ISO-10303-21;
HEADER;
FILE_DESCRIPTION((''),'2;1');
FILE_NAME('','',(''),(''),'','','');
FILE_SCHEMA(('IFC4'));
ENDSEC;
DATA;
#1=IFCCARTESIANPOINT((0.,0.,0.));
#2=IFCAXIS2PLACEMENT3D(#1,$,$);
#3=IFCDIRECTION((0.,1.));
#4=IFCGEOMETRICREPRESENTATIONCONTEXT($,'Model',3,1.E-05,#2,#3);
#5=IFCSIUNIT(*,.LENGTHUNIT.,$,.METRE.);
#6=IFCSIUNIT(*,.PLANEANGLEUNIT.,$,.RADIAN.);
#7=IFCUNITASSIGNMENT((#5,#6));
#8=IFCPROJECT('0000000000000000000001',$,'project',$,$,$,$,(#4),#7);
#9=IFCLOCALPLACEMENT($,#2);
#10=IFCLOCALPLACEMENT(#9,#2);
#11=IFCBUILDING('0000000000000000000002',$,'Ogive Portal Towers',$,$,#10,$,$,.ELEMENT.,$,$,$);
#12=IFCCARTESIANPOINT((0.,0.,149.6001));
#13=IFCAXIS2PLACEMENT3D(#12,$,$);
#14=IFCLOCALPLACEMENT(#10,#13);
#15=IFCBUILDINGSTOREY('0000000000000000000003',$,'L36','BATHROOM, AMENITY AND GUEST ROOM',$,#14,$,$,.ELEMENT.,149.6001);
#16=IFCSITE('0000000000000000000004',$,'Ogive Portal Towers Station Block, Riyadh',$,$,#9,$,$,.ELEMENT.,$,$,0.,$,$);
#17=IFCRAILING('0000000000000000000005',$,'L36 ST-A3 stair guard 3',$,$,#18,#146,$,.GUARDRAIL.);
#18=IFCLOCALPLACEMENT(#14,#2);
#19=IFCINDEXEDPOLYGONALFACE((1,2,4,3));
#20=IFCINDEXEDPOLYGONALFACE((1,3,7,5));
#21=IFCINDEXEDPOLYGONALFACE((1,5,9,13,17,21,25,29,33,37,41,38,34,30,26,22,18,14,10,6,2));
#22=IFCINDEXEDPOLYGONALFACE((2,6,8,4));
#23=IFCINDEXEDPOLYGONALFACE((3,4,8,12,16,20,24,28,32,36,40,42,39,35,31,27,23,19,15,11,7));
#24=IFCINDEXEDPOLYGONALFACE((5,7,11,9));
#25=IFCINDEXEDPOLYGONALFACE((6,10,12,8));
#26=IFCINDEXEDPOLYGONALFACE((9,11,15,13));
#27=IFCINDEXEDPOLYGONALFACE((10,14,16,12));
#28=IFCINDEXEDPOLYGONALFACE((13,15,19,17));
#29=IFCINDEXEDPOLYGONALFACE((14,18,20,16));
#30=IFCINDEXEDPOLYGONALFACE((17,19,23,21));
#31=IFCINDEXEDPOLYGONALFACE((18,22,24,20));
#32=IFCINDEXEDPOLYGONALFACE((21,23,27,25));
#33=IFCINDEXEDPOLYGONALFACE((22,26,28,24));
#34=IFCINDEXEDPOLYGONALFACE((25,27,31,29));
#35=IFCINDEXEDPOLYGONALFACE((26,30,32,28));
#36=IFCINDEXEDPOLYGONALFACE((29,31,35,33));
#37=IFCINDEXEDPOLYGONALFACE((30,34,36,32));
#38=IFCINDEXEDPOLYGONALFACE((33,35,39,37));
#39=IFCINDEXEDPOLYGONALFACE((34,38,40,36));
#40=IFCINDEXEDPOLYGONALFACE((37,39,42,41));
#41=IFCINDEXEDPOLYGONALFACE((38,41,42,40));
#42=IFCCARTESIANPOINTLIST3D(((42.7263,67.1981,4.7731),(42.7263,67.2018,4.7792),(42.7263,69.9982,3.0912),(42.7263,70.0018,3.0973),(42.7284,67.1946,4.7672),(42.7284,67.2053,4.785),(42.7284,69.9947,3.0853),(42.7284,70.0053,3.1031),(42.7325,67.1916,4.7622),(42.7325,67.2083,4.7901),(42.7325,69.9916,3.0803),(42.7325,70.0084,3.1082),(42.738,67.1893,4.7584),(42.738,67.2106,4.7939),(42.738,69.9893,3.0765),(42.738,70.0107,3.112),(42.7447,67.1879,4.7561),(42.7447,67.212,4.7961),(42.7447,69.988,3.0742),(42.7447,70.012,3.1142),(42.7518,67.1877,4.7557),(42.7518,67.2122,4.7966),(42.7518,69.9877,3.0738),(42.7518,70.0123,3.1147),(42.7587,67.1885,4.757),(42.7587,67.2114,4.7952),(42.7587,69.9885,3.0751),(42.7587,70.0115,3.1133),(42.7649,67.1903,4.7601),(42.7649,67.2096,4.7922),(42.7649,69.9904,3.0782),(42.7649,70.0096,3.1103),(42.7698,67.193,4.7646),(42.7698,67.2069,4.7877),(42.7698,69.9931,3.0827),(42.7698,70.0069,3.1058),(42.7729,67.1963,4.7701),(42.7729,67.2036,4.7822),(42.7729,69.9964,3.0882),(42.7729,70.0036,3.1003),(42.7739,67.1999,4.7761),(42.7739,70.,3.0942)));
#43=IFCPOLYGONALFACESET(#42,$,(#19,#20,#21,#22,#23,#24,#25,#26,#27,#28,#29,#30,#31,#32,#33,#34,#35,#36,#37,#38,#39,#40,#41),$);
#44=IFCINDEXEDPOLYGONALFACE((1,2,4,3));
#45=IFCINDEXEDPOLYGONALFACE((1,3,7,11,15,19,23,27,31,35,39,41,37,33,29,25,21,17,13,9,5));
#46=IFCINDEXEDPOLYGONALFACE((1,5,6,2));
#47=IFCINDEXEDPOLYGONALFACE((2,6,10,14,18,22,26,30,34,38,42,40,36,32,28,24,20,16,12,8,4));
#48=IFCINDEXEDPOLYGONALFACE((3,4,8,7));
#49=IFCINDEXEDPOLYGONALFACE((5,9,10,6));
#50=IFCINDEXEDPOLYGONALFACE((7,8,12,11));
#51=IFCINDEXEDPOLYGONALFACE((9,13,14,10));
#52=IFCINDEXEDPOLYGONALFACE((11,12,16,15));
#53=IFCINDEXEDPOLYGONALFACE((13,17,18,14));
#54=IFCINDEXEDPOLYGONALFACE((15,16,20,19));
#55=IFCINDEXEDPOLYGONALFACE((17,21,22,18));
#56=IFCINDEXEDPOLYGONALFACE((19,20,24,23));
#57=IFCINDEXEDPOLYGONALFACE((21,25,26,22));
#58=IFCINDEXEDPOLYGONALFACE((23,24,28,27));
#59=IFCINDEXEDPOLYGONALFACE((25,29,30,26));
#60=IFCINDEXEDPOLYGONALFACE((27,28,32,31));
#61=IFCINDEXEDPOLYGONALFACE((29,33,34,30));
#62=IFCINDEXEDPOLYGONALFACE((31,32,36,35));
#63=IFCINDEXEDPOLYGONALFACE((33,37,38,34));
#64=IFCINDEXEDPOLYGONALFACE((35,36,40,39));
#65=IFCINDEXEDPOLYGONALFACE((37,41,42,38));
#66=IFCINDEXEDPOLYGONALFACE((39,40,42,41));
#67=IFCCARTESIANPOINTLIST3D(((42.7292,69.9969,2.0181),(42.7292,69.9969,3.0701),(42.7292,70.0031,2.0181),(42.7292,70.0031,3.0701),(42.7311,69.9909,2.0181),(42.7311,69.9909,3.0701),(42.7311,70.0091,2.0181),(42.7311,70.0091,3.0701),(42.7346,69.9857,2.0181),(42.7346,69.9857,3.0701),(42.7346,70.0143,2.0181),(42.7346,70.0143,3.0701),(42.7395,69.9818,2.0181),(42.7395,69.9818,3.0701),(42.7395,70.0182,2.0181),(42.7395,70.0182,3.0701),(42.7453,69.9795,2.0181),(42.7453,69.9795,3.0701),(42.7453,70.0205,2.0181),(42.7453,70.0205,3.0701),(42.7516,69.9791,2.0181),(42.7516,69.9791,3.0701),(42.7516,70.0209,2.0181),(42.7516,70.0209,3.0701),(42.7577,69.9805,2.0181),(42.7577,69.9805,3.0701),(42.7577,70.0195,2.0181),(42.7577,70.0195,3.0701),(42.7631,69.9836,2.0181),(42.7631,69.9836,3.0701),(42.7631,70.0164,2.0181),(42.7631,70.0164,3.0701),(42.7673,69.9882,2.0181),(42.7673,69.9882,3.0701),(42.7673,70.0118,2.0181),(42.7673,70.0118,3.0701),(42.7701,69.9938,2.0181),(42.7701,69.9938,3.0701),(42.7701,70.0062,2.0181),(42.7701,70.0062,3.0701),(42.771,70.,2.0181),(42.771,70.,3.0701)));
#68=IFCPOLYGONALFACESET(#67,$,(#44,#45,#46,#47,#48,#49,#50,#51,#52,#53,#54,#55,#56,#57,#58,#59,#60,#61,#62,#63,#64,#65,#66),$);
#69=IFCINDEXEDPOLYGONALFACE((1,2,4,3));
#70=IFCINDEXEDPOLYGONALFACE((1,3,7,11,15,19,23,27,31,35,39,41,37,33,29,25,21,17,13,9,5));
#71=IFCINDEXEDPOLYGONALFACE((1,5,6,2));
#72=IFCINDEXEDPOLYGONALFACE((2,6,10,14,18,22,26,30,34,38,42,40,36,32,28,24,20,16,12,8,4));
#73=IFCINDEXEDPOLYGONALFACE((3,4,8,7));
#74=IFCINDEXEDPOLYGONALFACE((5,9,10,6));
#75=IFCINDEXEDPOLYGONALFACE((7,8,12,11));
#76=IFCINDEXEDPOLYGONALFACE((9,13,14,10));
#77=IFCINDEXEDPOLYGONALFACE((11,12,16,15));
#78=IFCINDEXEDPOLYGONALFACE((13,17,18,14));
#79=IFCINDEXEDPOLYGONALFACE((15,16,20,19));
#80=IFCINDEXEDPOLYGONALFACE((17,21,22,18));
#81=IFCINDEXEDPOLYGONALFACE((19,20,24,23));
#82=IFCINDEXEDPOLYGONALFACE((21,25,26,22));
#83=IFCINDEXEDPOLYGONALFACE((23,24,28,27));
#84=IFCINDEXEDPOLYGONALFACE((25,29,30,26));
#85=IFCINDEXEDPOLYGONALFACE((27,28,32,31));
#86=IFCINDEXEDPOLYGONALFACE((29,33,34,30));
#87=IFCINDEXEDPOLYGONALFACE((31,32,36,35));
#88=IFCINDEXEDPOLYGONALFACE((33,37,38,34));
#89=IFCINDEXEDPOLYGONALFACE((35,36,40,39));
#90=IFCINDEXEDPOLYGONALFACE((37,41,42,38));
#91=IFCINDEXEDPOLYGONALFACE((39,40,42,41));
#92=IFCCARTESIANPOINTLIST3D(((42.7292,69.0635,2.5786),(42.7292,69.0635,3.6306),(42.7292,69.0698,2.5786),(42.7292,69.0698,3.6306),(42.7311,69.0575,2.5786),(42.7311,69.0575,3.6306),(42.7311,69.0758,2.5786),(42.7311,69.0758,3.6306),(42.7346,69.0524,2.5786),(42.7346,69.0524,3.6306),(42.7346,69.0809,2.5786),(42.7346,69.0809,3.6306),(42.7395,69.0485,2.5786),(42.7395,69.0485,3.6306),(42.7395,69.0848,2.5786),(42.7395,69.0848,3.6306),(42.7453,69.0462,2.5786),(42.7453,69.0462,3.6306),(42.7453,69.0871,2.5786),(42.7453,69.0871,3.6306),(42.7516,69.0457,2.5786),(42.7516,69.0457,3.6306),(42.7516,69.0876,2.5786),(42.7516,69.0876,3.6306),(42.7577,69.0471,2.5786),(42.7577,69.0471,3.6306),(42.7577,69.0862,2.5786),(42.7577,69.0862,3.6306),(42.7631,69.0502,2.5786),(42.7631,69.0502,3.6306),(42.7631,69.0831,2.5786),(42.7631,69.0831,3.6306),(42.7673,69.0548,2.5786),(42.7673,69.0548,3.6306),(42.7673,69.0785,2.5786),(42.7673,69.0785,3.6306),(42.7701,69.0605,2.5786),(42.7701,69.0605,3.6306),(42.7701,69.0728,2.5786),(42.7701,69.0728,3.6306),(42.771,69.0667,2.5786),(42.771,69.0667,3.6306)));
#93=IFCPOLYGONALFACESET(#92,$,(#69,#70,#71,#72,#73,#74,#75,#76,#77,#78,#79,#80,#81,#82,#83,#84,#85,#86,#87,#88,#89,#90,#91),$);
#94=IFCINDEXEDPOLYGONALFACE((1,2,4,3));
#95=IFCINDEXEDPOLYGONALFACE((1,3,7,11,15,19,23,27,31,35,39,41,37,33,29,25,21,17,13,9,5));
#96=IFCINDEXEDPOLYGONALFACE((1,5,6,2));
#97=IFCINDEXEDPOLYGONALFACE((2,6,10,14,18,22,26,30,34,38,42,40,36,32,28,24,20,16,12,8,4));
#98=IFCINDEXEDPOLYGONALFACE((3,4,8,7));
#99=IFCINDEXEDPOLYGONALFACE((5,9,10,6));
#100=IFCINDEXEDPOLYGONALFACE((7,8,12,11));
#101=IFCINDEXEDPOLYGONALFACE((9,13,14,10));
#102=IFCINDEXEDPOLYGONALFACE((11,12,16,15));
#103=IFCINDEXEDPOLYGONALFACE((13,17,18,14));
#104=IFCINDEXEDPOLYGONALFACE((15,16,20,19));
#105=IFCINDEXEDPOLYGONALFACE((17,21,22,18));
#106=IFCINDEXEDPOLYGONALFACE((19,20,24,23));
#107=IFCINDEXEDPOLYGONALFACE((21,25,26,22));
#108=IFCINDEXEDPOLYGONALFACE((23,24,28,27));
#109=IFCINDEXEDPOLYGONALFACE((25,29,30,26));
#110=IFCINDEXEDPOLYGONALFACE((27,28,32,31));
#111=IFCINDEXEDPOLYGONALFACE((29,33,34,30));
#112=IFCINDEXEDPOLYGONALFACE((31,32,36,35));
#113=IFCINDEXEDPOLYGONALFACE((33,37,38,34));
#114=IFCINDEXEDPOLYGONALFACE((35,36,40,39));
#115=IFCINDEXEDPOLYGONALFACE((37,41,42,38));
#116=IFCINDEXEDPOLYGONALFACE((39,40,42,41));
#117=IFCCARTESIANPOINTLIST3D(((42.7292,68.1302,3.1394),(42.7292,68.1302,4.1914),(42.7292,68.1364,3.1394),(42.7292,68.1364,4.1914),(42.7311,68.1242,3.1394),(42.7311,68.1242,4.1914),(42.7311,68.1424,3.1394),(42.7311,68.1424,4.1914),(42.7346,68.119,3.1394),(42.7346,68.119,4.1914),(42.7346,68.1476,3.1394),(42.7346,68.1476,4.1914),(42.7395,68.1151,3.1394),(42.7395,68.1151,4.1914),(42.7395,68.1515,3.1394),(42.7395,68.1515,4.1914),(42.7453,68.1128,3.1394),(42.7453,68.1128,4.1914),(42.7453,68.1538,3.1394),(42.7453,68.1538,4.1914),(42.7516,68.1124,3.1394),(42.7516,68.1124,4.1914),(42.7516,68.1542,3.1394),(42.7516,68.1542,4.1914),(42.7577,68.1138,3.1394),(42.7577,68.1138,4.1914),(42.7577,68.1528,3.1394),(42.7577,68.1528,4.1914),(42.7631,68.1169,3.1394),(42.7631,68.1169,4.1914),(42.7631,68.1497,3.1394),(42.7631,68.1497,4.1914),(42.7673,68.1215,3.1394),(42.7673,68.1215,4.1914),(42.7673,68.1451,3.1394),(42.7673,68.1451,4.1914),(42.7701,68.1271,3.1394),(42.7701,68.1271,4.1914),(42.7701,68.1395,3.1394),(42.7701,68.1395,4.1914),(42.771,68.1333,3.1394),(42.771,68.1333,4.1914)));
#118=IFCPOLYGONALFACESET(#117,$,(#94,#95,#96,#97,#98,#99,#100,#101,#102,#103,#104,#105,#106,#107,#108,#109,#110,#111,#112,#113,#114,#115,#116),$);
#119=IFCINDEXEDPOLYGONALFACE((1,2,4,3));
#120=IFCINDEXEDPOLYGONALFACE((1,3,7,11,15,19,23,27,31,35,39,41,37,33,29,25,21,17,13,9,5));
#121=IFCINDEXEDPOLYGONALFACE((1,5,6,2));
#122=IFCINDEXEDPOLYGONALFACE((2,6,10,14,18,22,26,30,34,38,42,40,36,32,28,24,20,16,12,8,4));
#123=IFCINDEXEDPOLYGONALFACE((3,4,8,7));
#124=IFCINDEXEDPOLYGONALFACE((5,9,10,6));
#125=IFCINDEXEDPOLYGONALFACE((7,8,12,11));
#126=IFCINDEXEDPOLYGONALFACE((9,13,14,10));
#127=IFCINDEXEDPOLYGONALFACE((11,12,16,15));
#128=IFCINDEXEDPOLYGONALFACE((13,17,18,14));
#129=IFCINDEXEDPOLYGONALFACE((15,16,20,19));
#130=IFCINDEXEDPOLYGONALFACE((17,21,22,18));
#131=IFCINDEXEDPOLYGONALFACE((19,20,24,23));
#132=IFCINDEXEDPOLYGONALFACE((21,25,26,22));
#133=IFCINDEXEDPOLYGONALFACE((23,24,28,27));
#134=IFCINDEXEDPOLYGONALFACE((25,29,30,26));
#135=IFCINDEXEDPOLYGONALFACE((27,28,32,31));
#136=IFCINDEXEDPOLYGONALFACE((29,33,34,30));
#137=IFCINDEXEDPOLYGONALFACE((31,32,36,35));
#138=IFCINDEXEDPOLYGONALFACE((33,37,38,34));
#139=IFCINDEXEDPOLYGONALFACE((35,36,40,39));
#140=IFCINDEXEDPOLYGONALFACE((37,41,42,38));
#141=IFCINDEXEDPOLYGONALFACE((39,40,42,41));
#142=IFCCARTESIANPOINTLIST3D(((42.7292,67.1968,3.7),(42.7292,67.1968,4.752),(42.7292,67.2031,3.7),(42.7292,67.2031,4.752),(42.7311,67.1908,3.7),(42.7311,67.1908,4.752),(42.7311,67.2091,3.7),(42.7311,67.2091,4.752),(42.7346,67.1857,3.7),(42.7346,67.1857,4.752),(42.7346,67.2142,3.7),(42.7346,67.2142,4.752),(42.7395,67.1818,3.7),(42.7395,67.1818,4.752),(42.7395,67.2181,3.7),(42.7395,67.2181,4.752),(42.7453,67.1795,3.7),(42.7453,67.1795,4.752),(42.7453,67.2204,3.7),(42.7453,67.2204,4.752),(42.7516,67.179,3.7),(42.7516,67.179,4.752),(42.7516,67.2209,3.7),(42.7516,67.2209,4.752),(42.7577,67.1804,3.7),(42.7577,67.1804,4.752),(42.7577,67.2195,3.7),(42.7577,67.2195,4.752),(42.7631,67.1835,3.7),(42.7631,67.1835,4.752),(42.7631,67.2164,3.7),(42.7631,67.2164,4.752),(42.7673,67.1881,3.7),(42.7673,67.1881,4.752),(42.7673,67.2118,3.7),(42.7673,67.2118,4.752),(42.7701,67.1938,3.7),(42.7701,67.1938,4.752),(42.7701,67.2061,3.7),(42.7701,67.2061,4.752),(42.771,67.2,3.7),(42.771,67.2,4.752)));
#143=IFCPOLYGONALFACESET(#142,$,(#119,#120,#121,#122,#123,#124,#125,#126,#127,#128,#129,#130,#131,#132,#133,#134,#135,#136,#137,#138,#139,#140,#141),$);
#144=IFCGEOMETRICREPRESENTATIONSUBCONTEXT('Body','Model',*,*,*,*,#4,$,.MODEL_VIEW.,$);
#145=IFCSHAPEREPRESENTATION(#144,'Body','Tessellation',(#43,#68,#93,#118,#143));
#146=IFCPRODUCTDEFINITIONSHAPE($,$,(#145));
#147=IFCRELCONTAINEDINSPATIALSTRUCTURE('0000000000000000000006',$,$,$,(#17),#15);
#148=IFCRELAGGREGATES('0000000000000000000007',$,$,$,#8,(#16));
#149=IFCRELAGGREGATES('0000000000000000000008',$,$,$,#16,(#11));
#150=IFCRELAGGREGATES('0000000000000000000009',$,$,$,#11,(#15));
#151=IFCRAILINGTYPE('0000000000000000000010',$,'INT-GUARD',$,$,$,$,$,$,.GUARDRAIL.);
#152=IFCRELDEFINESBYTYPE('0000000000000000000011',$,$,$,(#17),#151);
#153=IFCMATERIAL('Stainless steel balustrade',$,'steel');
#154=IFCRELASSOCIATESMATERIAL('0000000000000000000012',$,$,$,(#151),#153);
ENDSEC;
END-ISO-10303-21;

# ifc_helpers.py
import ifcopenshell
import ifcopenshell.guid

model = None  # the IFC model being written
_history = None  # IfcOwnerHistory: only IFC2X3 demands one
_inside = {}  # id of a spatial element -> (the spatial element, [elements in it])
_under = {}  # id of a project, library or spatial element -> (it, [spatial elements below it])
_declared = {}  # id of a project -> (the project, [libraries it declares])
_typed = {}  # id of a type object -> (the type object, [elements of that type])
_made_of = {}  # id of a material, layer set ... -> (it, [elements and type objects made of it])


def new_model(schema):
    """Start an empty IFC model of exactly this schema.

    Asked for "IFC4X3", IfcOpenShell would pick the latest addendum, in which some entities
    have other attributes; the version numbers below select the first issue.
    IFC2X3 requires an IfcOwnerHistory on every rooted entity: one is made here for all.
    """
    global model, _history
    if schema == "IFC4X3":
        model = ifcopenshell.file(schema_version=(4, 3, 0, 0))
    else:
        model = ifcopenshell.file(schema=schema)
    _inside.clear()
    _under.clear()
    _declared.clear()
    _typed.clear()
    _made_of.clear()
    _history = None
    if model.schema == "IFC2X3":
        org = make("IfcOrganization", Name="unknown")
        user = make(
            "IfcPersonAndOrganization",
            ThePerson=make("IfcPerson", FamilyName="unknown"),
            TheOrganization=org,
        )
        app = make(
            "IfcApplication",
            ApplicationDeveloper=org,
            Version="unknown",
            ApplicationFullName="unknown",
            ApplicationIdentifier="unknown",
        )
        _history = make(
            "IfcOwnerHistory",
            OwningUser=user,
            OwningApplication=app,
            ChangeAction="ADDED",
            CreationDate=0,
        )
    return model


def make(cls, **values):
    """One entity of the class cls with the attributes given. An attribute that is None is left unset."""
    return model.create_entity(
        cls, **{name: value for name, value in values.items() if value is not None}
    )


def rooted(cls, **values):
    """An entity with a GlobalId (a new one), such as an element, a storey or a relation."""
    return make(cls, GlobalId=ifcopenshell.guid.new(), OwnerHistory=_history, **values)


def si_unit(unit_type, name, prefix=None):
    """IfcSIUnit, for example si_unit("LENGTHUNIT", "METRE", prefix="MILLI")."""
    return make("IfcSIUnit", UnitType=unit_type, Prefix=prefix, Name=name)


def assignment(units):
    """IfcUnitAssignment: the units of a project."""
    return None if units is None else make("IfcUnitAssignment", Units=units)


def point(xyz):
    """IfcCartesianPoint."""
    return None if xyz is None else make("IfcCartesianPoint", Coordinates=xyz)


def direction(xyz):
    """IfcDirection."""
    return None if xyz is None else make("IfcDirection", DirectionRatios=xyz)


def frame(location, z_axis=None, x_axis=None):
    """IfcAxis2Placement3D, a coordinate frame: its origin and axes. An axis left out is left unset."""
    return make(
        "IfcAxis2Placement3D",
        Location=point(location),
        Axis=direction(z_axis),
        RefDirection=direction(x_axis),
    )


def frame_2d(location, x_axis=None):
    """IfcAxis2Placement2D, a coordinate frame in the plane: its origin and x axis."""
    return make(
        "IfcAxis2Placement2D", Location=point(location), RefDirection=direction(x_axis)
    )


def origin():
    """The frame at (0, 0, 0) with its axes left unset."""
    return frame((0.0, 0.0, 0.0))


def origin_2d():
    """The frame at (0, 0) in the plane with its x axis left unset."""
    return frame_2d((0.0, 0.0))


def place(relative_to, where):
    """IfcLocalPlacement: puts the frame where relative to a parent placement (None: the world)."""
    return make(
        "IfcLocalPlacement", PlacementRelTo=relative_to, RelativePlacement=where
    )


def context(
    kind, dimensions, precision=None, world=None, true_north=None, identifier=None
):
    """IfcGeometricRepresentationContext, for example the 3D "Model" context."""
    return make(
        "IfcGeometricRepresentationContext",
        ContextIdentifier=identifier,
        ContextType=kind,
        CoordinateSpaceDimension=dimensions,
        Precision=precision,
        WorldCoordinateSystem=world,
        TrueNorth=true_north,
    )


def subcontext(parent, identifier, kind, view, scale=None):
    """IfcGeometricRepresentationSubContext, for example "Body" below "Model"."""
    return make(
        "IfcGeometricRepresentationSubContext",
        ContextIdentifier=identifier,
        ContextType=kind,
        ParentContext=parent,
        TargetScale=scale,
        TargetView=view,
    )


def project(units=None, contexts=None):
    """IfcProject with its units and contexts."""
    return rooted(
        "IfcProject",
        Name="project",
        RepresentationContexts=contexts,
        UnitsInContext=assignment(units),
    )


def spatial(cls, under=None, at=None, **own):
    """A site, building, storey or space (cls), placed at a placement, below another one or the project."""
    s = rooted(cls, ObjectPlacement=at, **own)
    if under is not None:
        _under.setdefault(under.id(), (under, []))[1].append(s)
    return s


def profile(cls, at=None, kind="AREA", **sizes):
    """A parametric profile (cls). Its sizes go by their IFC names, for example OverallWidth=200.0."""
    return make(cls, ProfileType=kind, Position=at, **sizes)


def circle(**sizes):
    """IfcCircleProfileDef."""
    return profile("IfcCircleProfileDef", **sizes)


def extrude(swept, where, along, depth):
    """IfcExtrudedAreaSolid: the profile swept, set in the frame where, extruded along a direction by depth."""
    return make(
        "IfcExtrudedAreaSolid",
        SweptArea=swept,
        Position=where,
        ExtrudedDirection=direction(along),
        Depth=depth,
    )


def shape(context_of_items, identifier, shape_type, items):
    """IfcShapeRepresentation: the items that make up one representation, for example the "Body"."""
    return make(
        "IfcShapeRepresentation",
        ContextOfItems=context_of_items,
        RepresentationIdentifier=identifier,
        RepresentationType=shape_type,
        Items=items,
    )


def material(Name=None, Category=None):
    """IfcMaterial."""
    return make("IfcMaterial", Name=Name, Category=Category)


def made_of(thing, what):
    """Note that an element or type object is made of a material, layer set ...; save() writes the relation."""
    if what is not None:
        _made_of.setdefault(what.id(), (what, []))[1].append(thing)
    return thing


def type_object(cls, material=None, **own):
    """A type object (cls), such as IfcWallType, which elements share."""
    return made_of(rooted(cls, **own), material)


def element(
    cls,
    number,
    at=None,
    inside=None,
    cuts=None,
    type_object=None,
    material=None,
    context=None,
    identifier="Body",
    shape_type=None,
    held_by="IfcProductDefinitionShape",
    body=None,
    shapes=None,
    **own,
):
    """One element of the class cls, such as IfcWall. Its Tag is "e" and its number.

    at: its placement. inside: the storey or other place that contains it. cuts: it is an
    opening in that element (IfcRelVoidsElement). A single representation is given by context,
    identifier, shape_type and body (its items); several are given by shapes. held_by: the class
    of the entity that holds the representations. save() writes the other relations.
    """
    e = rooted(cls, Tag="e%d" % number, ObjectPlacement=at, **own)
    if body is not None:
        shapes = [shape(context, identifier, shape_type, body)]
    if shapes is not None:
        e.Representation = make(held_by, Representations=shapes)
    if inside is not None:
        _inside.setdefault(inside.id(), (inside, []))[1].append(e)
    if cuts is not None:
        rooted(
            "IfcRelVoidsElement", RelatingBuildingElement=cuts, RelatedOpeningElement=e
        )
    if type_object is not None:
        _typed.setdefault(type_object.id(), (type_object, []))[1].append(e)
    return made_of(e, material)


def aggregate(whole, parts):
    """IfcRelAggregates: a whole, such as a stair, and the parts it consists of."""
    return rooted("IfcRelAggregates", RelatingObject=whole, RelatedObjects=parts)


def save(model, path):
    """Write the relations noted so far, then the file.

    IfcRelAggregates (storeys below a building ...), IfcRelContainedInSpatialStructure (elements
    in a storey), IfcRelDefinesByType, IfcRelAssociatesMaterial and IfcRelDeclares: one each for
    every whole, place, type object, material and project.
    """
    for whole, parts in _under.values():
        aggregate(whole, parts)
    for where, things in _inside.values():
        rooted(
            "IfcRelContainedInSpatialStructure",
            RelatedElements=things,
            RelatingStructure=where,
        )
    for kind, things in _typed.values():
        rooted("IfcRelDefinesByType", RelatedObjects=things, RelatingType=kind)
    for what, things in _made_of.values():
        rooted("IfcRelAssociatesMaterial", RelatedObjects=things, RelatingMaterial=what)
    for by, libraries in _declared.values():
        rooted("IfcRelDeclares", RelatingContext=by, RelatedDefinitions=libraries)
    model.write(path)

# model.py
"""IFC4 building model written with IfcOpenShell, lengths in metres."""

from ifc_helpers import new_model, si_unit, direction, frame, origin, origin_2d, place, context, subcontext, project, spatial, circle, extrude, material, type_object, element, save


model = new_model("IFC4")

# Units and contexts
model_context = context("Model", 3, precision=1e-05, world=origin(), true_north=direction((0.0, 1.0)))
body_context = subcontext(model_context, "Body", "Model", "MODEL_VIEW")
ifc_project = project(units=[si_unit("LENGTHUNIT", "METRE"), si_unit("PLANEANGLEUNIT", "RADIAN")], contexts=[model_context])

# Site, building, storey
site_placement = place(None, origin())
site = spatial("IfcSite", under=ifc_project, at=site_placement, Name="Ogive Portal Towers Station Block, Riyadh", CompositionType="ELEMENT", RefElevation=0.0)
building_placement = place(site_placement, origin())
building = spatial("IfcBuilding", under=site, at=building_placement, Name="Ogive Portal Towers", CompositionType="ELEMENT")
storey_placement = place(building_placement, frame((0.0, 0.0, 149.6001)))
storey = spatial("IfcBuildingStorey", under=building, at=storey_placement, Name="L36", Description="BATHROOM, AMENITY AND GUEST ROOM", CompositionType="ELEMENT", Elevation=149.6001)

# Railing
ifc_material_1 = material(Name="Stainless steel balustrade", Category="steel")
railing_type_1 = type_object("IfcRailingType", Name="INT-GUARD", PredefinedType="GUARDRAIL", material=ifc_material_1)
railing_1_placement = place(storey_placement, frame((42.75, 70.0, 2.0181)))
element("IfcRailing", 1, at=railing_1_placement, inside=storey, type_object=railing_type_1, Name="L36 ST-A3 stair guard 3", PredefinedType="GUARDRAIL", context=body_context, shape_type="SweptSolid", body=[
    extrude(circle(Radius=0.0239, at=origin_2d()), frame((0.0, 0.0, 1.0762), z_axis=(0.0, -0.857242, 0.514913), x_axis=(1.0, 0.0, 0.0)), (0.0, 0.0, 1.0), 3.2664),
    extrude(circle(Radius=0.021, at=origin_2d()), origin(), (0.0, 0.0, 1.0), 1.052),
    extrude(circle(Radius=0.021, at=origin_2d()), frame((0.0, -0.9333, 0.5605)), (0.0, 0.0, 1.0), 1.052),
    extrude(circle(Radius=0.021, at=origin_2d()), frame((0.0, -1.8667, 1.1213)), (0.0, 0.0, 1.0), 1.052),
    extrude(circle(Radius=0.021, at=origin_2d()), frame((0.0, -2.8, 1.6819)), (0.0, 0.0, 1.0), 1.052),
])

save(model, "model.ifc")
